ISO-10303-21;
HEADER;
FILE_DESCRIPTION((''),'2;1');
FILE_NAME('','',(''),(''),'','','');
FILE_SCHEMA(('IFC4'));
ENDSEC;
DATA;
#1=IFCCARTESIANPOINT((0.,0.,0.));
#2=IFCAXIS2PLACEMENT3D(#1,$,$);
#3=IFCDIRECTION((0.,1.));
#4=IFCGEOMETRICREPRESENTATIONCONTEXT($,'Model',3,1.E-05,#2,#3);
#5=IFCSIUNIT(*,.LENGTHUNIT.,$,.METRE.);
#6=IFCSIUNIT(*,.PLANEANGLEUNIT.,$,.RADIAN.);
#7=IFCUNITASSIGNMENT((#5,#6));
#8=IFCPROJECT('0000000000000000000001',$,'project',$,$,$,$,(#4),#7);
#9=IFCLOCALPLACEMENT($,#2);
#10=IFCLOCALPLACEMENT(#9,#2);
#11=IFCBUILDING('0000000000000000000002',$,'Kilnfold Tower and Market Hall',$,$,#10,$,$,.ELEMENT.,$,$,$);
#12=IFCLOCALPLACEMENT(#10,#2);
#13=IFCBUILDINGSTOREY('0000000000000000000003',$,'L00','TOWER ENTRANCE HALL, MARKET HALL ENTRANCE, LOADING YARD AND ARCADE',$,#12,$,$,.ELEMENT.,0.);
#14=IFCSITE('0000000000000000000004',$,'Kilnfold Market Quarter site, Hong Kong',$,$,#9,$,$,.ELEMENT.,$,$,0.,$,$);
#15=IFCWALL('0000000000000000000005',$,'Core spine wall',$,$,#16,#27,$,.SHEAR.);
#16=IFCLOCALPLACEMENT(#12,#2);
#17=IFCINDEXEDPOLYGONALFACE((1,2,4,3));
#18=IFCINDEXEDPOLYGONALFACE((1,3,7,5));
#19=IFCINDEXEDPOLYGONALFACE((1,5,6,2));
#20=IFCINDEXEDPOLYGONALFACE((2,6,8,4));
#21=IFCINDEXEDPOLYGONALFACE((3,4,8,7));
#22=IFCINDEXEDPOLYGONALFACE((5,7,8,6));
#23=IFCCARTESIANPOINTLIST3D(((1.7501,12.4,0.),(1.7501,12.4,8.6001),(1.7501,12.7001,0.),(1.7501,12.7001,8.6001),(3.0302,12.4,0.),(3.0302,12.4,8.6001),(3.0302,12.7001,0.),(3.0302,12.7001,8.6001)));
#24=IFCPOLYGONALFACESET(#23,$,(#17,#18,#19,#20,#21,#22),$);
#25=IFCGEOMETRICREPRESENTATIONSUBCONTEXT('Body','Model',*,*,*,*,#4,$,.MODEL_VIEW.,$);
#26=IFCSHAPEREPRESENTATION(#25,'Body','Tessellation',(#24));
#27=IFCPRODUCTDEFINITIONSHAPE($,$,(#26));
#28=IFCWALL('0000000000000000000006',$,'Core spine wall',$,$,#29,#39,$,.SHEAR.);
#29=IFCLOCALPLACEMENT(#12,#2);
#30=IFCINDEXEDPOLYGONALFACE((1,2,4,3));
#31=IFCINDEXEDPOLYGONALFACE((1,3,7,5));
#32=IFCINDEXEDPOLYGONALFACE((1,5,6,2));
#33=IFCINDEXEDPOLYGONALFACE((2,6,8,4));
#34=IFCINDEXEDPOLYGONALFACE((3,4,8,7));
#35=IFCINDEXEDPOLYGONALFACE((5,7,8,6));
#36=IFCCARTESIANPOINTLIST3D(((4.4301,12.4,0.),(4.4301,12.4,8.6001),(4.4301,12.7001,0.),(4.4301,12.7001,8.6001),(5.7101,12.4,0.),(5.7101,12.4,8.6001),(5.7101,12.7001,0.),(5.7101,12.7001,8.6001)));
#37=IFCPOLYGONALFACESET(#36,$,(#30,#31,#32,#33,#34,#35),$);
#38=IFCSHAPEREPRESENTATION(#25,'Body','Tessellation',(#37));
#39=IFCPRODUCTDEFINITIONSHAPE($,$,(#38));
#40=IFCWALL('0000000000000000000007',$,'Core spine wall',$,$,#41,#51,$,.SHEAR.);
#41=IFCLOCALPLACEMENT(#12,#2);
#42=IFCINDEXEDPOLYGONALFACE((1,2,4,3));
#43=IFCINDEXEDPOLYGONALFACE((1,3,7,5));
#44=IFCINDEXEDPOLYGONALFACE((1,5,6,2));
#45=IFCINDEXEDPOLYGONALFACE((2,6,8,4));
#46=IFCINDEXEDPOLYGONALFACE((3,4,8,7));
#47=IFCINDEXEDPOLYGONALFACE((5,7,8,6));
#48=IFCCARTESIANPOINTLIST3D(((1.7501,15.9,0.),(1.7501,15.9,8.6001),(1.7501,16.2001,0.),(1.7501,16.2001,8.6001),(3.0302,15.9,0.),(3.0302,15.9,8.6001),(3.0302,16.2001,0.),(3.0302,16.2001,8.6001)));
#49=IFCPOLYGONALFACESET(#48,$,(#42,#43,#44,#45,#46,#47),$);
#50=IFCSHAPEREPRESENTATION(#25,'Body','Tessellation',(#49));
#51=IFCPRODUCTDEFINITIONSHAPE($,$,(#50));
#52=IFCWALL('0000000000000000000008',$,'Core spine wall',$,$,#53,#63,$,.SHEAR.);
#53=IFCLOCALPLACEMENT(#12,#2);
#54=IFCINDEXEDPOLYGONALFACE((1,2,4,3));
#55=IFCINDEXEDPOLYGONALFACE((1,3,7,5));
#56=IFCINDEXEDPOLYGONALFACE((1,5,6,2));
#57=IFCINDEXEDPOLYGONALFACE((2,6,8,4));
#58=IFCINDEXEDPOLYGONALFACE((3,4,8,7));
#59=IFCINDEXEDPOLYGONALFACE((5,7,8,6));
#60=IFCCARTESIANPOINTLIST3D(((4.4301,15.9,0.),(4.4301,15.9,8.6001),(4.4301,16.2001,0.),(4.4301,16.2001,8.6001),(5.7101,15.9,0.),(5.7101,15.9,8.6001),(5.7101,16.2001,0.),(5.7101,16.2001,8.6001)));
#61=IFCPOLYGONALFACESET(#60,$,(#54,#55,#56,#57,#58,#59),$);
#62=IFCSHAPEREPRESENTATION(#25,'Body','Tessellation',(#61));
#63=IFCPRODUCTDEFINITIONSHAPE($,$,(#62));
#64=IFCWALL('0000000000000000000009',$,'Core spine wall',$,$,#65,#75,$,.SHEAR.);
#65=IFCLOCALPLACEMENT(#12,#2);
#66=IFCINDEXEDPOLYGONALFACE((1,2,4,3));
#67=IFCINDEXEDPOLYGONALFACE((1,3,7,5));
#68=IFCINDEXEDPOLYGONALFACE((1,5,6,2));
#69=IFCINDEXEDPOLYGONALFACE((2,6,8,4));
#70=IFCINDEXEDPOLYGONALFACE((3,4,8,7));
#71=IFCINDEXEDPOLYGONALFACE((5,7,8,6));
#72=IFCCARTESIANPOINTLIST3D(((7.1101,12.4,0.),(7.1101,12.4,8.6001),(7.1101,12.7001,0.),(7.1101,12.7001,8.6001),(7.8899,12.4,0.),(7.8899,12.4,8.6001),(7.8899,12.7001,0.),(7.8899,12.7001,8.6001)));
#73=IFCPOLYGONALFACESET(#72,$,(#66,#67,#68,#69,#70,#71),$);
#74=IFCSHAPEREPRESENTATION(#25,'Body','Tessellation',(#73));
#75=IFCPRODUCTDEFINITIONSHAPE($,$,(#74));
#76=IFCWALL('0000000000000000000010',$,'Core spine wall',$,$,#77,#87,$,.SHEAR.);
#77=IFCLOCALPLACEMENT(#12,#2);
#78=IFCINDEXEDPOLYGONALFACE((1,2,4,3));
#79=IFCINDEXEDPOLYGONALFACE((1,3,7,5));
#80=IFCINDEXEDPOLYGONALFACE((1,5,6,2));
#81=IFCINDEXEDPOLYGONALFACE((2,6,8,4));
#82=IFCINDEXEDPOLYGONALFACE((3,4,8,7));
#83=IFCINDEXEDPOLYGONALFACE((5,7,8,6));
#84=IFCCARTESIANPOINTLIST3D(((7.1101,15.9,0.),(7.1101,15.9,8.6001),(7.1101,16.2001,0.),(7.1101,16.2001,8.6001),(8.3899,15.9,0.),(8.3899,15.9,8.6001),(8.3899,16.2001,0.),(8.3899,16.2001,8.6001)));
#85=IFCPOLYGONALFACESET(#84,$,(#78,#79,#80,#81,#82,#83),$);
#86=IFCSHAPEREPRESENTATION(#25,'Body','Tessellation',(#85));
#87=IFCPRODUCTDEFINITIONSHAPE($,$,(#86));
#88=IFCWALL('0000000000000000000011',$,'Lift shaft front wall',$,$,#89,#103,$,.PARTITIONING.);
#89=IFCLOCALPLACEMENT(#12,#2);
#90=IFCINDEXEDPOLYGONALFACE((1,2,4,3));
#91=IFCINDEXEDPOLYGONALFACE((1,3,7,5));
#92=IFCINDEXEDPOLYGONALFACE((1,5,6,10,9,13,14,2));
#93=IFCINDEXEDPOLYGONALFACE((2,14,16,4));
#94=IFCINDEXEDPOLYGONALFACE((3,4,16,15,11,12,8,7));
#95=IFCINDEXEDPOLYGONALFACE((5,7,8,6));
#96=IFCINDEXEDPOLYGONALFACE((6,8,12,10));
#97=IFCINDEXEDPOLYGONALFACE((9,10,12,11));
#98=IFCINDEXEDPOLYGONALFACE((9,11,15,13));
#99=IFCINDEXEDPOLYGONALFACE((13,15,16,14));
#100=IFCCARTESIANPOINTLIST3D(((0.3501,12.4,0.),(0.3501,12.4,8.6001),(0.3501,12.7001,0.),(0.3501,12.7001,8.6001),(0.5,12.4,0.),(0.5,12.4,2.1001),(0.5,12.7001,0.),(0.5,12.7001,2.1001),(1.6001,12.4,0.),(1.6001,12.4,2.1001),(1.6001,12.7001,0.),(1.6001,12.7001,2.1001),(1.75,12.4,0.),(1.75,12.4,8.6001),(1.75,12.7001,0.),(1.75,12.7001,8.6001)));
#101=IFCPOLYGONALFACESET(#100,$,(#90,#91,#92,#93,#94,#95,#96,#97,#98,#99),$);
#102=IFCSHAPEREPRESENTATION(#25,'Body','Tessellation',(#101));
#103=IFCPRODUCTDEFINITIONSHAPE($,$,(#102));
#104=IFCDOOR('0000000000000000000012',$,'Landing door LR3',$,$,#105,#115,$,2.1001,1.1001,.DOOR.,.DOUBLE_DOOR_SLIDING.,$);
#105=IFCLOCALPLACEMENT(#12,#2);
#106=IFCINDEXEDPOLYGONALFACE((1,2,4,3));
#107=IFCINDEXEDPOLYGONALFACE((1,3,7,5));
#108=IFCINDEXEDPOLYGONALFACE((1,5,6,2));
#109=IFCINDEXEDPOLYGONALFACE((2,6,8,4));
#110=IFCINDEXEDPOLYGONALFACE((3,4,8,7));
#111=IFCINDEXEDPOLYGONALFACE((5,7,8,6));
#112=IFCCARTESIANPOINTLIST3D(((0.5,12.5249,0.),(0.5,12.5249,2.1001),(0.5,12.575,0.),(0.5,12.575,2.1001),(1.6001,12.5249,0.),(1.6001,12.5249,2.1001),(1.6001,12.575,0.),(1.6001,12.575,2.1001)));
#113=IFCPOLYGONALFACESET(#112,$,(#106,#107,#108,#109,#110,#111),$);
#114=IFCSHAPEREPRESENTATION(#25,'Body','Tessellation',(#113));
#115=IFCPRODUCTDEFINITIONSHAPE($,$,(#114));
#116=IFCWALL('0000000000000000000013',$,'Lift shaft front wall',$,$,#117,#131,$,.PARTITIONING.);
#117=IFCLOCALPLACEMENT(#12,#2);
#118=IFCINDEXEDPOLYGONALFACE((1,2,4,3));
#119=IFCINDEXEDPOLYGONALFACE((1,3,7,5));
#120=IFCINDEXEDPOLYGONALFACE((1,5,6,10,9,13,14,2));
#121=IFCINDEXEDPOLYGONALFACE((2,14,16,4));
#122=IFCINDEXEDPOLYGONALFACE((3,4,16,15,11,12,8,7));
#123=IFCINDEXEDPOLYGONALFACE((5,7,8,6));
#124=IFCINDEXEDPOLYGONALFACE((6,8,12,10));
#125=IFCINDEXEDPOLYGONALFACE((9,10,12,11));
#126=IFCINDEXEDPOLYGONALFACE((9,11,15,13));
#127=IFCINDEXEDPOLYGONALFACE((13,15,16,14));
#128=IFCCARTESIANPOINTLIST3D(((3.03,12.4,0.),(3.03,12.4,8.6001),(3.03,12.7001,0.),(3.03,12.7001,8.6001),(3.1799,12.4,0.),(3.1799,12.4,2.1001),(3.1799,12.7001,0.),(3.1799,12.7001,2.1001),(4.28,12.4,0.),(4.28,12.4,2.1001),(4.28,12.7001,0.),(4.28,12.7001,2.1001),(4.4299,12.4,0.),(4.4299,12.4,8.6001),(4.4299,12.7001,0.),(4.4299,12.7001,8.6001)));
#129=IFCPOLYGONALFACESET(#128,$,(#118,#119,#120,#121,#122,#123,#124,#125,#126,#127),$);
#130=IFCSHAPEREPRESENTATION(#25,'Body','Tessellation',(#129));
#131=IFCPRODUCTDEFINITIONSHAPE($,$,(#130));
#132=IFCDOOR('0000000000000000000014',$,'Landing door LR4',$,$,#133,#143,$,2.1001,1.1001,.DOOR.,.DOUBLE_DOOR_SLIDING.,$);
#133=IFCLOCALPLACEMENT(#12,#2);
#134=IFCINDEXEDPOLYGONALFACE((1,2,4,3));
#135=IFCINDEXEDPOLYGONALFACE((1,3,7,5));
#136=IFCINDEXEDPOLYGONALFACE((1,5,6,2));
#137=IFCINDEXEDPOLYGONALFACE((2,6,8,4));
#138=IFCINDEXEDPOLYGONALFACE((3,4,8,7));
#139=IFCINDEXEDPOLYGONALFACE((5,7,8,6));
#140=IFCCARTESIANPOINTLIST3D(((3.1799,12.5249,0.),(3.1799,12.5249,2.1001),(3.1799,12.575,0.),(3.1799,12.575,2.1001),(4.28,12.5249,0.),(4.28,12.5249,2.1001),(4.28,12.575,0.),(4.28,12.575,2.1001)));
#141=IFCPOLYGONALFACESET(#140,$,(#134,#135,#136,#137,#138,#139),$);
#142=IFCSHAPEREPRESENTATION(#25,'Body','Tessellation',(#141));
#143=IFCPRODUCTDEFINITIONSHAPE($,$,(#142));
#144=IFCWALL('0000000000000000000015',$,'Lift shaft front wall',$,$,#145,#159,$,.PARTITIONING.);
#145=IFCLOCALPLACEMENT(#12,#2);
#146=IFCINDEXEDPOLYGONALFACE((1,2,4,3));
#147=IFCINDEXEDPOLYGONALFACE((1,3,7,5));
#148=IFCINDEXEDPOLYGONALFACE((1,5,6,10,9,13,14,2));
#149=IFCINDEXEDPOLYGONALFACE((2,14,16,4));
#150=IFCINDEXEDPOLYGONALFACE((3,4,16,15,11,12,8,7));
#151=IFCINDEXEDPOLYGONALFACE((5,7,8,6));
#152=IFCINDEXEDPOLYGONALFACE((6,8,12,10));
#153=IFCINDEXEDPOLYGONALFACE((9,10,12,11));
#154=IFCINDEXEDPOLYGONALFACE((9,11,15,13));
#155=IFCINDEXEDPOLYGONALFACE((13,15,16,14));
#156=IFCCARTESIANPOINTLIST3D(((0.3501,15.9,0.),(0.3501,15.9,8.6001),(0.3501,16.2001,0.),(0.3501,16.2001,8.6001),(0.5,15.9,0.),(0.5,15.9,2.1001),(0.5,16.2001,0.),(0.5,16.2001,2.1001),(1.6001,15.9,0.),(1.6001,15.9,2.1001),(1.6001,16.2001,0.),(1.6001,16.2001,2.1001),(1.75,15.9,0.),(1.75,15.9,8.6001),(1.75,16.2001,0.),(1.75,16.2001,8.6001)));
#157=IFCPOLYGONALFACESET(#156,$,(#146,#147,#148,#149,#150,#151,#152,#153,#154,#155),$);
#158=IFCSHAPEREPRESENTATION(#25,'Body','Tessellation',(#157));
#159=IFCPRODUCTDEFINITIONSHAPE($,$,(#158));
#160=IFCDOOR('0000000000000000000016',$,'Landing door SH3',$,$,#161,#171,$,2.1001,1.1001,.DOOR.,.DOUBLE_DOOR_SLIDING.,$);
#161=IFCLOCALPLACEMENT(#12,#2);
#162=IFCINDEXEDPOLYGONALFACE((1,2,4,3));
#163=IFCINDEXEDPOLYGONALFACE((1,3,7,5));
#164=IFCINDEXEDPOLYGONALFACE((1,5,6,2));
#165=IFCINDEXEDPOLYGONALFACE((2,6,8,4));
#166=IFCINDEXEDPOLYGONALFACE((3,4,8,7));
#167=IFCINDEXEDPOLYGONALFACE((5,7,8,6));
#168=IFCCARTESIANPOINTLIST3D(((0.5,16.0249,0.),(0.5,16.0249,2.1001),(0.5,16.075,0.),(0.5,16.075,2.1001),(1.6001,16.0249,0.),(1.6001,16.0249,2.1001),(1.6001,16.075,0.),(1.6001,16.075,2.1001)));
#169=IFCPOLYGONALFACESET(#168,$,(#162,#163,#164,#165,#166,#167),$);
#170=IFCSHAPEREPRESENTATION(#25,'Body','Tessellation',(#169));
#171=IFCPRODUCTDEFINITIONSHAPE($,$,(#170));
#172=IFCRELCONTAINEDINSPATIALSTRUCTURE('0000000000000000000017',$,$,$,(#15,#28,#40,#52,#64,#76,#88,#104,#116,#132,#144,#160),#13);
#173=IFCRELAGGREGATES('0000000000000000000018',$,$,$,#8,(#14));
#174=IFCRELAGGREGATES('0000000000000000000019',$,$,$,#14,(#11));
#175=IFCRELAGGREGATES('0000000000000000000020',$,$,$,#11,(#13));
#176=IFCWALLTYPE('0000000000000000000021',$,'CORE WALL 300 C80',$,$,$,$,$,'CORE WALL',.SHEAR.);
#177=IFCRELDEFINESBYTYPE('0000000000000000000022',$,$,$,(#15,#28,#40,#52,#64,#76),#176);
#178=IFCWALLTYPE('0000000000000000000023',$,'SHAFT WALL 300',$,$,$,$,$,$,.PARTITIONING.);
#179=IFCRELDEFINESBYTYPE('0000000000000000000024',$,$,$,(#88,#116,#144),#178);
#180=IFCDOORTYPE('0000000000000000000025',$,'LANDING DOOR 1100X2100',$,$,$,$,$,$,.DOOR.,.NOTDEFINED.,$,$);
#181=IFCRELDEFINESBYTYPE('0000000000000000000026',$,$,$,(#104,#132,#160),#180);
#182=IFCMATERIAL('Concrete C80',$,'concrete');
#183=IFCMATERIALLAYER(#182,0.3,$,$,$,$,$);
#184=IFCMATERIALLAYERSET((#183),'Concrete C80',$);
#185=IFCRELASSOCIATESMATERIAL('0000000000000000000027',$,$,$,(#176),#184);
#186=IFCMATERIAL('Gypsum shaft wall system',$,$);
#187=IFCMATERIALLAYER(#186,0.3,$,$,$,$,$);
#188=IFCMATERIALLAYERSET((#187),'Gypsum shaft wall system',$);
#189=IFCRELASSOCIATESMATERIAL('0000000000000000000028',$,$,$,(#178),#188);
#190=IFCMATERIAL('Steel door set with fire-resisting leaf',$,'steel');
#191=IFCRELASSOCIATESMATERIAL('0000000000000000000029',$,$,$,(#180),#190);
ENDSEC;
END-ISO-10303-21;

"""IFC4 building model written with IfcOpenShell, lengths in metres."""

from ifc_helpers import new_model, si_unit, direction, frame, frame_2d, origin, place, context, subcontext, project, spatial, rectangle, extrude, source, transform, mapped, material, layer, layer_set, type_object, element, fill, save


model = new_model("IFC4")

# Units and contexts
model_context = context("Model", 3, precision=1e-05, world=origin(), true_north=direction((0.0, 1.0)))
body_context = subcontext(model_context, "Body", "Model", "MODEL_VIEW")
ifc_project = project(units=[si_unit("LENGTHUNIT", "METRE"), si_unit("PLANEANGLEUNIT", "RADIAN")], contexts=[model_context])

# Site, building, storey
site_placement = place(None, origin())
site = spatial("IfcSite", under=ifc_project, at=site_placement, Name="Kilnfold Market Quarter site, Hong Kong", CompositionType="ELEMENT", RefElevation=0.0)
building_placement = place(site_placement, origin())
building = spatial("IfcBuilding", under=site, at=building_placement, Name="Kilnfold Tower and Market Hall", CompositionType="ELEMENT")
storey_placement = place(building_placement, origin())
storey = spatial("IfcBuildingStorey", under=building, at=storey_placement, Name="L00", Description="TOWER ENTRANCE HALL, MARKET HALL ENTRANCE, LOADING YARD AND ARCADE", CompositionType="ELEMENT", Elevation=0.0)

# Walls
ifc_material_1 = material(Name="Concrete C80", Category="concrete")
ifc_layer_1 = layer(ifc_material_1, 0.3)
ifc_layer_set_1 = layer_set([ifc_layer_1], Name="Concrete C80")
wall_type_1 = type_object("IfcWallType", Name="CORE WALL 300 C80", ElementType="CORE WALL", PredefinedType="SHEAR", material=ifc_layer_set_1)
shared_shape_1 = source(origin(), body_context, "Body", "SweptSolid", [
    extrude(rectangle(XDim=1.28, YDim=0.3, at=frame_2d((0.6401, 0.0))), origin(), (0.0, 0.0, 1.0), 8.6001),
])
for number, where, z_axis, x_axis, name in (
    (1, (1.75, 12.55, 0.0), (0.0, 0.0, 1.0), (1.0, 0.0, 0.0), "Core spine wall"),
    (2, (4.4299, 12.55, 0.0), (0.0, 0.0, 1.0), (1.0, 0.0, 0.0), "Core spine wall"),
    (3, (1.75, 16.05, 0.0), (0.0, 0.0, 1.0), (1.0, 0.0, 0.0), "Core spine wall"),
    (4, (4.4299, 16.05, 0.0), (0.0, 0.0, 1.0), (1.0, 0.0, 0.0), "Core spine wall"),
):
    element("IfcWall", number, at=place(storey_placement, frame(where, z_axis=z_axis, x_axis=x_axis)), inside=storey, type_object=wall_type_1, Name=name, PredefinedType="SHEAR", context=body_context, shape_type="MappedRepresentation", body=[
        mapped(shared_shape_1, transform((0.0, 0.0, 0.0))),
    ])
shared_shape_2 = source(origin(), body_context, "Body", "SweptSolid", [
    extrude(rectangle(XDim=0.7798, YDim=0.3, at=frame_2d((0.3899, 0.0))), origin(), (0.0, 0.0, 1.0), 8.6001),
])
wall_1_placement = place(storey_placement, frame((7.1101, 12.55, 0.0), z_axis=(0.0, 0.0, 1.0), x_axis=(1.0, 0.0, 0.0)))
element("IfcWall", 5, at=wall_1_placement, inside=storey, type_object=wall_type_1, Name="Core spine wall", PredefinedType="SHEAR", context=body_context, shape_type="MappedRepresentation", body=[
    mapped(shared_shape_2, transform((0.0, 0.0, 0.0))),
])
shared_shape_3 = source(origin(), body_context, "Body", "SweptSolid", [
    extrude(rectangle(XDim=1.2798, YDim=0.3, at=frame_2d((0.6399, 0.0))), origin(), (0.0, 0.0, 1.0), 8.6001),
])
wall_2_placement = place(storey_placement, frame((7.1101, 16.05, 0.0), z_axis=(0.0, 0.0, 1.0), x_axis=(1.0, 0.0, 0.0)))
element("IfcWall", 6, at=wall_2_placement, inside=storey, type_object=wall_type_1, Name="Core spine wall", PredefinedType="SHEAR", context=body_context, shape_type="MappedRepresentation", body=[
    mapped(shared_shape_3, transform((0.0, 0.0, 0.0))),
])

# Walls, openings, doors
ifc_material_2 = material(Name="Gypsum shaft wall system")
ifc_layer_2 = layer(ifc_material_2, 0.3)
ifc_layer_set_2 = layer_set([ifc_layer_2], Name="Gypsum shaft wall system")
wall_type_2 = type_object("IfcWallType", Name="SHAFT WALL 300", PredefinedType="PARTITIONING", material=ifc_layer_set_2)
shared_shape_4 = source(origin(), body_context, "Body", "SweptSolid", [
    extrude(rectangle(XDim=1.3999, YDim=0.3, at=frame_2d((0.7, 0.0))), origin(), (0.0, 0.0, 1.0), 8.6001),
])
wall_3_placement = place(storey_placement, frame((0.3501, 12.55, 0.0), z_axis=(0.0, 0.0, 1.0), x_axis=(1.0, 0.0, 0.0)))
wall_3 = element("IfcWall", 7, at=wall_3_placement, inside=storey, type_object=wall_type_2, Name="Lift shaft front wall", PredefinedType="PARTITIONING", context=body_context, shape_type="MappedRepresentation", body=[
    mapped(shared_shape_4, transform((0.0, 0.0, 0.0))),
])
opening_1_placement = place(wall_3_placement, frame((0.1499, 0.0, 0.0)))
opening_1 = element("IfcOpeningElement", 8, at=opening_1_placement, cuts=wall_3, PredefinedType="OPENING", context=body_context, shape_type="SweptSolid", body=[
    extrude(rectangle(XDim=1.1001, YDim=2.1001, at=frame_2d((0.55, 1.05))), frame((0.0, 0.1602, 0.0), z_axis=(0.0, -1.0, 0.0), x_axis=(1.0, 0.0, 0.0)), (0.0, 0.0, 1.0), 0.3201),
])
ifc_material_3 = material(Name="Steel door set with fire-resisting leaf", Category="steel")
door_type_1 = type_object("IfcDoorType", Name="LANDING DOOR 1100X2100", OperationType="NOTDEFINED", PredefinedType="DOOR", material=ifc_material_3)
door_1_placement = place(opening_1_placement, origin())
door_1 = element("IfcDoor", 9, at=door_1_placement, inside=storey, type_object=door_type_1, Name="Landing door LR3", OperationType="DOUBLE_DOOR_SLIDING", OverallHeight=2.1001, OverallWidth=1.1001, PredefinedType="DOOR", context=body_context, shape_type="SweptSolid", body=[
    extrude(rectangle(XDim=1.1001, YDim=2.1001, at=frame_2d((0.55, 1.05))), frame((0.0, 0.0249, 0.0), z_axis=(0.0, -1.0, 0.0), x_axis=(1.0, 0.0, 0.0)), (0.0, 0.0, 1.0), 0.05),
])
fill(opening_1, door_1)
wall_4_placement = place(storey_placement, frame((3.03, 12.55, 0.0), z_axis=(0.0, 0.0, 1.0), x_axis=(1.0, 0.0, 0.0)))
wall_4 = element("IfcWall", 10, at=wall_4_placement, inside=storey, type_object=wall_type_2, Name="Lift shaft front wall", PredefinedType="PARTITIONING", context=body_context, shape_type="MappedRepresentation", body=[
    mapped(shared_shape_4, transform((0.0, 0.0, 0.0))),
])
opening_2_placement = place(wall_4_placement, frame((0.1499, 0.0, 0.0)))
opening_2 = element("IfcOpeningElement", 11, at=opening_2_placement, cuts=wall_4, PredefinedType="OPENING", context=body_context, shape_type="SweptSolid", body=[
    extrude(rectangle(XDim=1.1001, YDim=2.1001, at=frame_2d((0.55, 1.05))), frame((0.0, 0.1602, 0.0), z_axis=(0.0, -1.0, 0.0), x_axis=(1.0, 0.0, 0.0)), (0.0, 0.0, 1.0), 0.3201),
])
door_2_placement = place(opening_2_placement, origin())
door_2 = element("IfcDoor", 12, at=door_2_placement, inside=storey, type_object=door_type_1, Name="Landing door LR4", OperationType="DOUBLE_DOOR_SLIDING", OverallHeight=2.1001, OverallWidth=1.1001, PredefinedType="DOOR", context=body_context, shape_type="SweptSolid", body=[
    extrude(rectangle(XDim=1.1001, YDim=2.1001, at=frame_2d((0.55, 1.05))), frame((0.0, 0.0249, 0.0), z_axis=(0.0, -1.0, 0.0), x_axis=(1.0, 0.0, 0.0)), (0.0, 0.0, 1.0), 0.05),
])
fill(opening_2, door_2)
wall_5_placement = place(storey_placement, frame((0.3501, 16.05, 0.0), z_axis=(0.0, 0.0, 1.0), x_axis=(1.0, 0.0, 0.0)))
wall_5 = element("IfcWall", 13, at=wall_5_placement, inside=storey, type_object=wall_type_2, Name="Lift shaft front wall", PredefinedType="PARTITIONING", context=body_context, shape_type="MappedRepresentation", body=[
    mapped(shared_shape_4, transform((0.0, 0.0, 0.0))),
])
opening_3_placement = place(wall_5_placement, frame((0.1499, 0.0, 0.0)))
opening_3 = element("IfcOpeningElement", 14, at=opening_3_placement, cuts=wall_5, PredefinedType="OPENING", context=body_context, shape_type="SweptSolid", body=[
    extrude(rectangle(XDim=1.1001, YDim=2.1001, at=frame_2d((0.55, 1.05))), frame((0.0, 0.1602, 0.0), z_axis=(0.0, -1.0, 0.0), x_axis=(1.0, 0.0, 0.0)), (0.0, 0.0, 1.0), 0.3201),
])
door_3_placement = place(opening_3_placement, origin())
door_3 = element("IfcDoor", 15, at=door_3_placement, inside=storey, type_object=door_type_1, Name="Landing door SH3", OperationType="DOUBLE_DOOR_SLIDING", OverallHeight=2.1001, OverallWidth=1.1001, PredefinedType="DOOR", context=body_context, shape_type="SweptSolid", body=[
    extrude(rectangle(XDim=1.1001, YDim=2.1001, at=frame_2d((0.55, 1.05))), frame((0.0, 0.0249, 0.0), z_axis=(0.0, -1.0, 0.0), x_axis=(1.0, 0.0, 0.0)), (0.0, 0.0, 1.0), 0.05),
])
fill(opening_3, door_3)

save(model, "model.ifc")
